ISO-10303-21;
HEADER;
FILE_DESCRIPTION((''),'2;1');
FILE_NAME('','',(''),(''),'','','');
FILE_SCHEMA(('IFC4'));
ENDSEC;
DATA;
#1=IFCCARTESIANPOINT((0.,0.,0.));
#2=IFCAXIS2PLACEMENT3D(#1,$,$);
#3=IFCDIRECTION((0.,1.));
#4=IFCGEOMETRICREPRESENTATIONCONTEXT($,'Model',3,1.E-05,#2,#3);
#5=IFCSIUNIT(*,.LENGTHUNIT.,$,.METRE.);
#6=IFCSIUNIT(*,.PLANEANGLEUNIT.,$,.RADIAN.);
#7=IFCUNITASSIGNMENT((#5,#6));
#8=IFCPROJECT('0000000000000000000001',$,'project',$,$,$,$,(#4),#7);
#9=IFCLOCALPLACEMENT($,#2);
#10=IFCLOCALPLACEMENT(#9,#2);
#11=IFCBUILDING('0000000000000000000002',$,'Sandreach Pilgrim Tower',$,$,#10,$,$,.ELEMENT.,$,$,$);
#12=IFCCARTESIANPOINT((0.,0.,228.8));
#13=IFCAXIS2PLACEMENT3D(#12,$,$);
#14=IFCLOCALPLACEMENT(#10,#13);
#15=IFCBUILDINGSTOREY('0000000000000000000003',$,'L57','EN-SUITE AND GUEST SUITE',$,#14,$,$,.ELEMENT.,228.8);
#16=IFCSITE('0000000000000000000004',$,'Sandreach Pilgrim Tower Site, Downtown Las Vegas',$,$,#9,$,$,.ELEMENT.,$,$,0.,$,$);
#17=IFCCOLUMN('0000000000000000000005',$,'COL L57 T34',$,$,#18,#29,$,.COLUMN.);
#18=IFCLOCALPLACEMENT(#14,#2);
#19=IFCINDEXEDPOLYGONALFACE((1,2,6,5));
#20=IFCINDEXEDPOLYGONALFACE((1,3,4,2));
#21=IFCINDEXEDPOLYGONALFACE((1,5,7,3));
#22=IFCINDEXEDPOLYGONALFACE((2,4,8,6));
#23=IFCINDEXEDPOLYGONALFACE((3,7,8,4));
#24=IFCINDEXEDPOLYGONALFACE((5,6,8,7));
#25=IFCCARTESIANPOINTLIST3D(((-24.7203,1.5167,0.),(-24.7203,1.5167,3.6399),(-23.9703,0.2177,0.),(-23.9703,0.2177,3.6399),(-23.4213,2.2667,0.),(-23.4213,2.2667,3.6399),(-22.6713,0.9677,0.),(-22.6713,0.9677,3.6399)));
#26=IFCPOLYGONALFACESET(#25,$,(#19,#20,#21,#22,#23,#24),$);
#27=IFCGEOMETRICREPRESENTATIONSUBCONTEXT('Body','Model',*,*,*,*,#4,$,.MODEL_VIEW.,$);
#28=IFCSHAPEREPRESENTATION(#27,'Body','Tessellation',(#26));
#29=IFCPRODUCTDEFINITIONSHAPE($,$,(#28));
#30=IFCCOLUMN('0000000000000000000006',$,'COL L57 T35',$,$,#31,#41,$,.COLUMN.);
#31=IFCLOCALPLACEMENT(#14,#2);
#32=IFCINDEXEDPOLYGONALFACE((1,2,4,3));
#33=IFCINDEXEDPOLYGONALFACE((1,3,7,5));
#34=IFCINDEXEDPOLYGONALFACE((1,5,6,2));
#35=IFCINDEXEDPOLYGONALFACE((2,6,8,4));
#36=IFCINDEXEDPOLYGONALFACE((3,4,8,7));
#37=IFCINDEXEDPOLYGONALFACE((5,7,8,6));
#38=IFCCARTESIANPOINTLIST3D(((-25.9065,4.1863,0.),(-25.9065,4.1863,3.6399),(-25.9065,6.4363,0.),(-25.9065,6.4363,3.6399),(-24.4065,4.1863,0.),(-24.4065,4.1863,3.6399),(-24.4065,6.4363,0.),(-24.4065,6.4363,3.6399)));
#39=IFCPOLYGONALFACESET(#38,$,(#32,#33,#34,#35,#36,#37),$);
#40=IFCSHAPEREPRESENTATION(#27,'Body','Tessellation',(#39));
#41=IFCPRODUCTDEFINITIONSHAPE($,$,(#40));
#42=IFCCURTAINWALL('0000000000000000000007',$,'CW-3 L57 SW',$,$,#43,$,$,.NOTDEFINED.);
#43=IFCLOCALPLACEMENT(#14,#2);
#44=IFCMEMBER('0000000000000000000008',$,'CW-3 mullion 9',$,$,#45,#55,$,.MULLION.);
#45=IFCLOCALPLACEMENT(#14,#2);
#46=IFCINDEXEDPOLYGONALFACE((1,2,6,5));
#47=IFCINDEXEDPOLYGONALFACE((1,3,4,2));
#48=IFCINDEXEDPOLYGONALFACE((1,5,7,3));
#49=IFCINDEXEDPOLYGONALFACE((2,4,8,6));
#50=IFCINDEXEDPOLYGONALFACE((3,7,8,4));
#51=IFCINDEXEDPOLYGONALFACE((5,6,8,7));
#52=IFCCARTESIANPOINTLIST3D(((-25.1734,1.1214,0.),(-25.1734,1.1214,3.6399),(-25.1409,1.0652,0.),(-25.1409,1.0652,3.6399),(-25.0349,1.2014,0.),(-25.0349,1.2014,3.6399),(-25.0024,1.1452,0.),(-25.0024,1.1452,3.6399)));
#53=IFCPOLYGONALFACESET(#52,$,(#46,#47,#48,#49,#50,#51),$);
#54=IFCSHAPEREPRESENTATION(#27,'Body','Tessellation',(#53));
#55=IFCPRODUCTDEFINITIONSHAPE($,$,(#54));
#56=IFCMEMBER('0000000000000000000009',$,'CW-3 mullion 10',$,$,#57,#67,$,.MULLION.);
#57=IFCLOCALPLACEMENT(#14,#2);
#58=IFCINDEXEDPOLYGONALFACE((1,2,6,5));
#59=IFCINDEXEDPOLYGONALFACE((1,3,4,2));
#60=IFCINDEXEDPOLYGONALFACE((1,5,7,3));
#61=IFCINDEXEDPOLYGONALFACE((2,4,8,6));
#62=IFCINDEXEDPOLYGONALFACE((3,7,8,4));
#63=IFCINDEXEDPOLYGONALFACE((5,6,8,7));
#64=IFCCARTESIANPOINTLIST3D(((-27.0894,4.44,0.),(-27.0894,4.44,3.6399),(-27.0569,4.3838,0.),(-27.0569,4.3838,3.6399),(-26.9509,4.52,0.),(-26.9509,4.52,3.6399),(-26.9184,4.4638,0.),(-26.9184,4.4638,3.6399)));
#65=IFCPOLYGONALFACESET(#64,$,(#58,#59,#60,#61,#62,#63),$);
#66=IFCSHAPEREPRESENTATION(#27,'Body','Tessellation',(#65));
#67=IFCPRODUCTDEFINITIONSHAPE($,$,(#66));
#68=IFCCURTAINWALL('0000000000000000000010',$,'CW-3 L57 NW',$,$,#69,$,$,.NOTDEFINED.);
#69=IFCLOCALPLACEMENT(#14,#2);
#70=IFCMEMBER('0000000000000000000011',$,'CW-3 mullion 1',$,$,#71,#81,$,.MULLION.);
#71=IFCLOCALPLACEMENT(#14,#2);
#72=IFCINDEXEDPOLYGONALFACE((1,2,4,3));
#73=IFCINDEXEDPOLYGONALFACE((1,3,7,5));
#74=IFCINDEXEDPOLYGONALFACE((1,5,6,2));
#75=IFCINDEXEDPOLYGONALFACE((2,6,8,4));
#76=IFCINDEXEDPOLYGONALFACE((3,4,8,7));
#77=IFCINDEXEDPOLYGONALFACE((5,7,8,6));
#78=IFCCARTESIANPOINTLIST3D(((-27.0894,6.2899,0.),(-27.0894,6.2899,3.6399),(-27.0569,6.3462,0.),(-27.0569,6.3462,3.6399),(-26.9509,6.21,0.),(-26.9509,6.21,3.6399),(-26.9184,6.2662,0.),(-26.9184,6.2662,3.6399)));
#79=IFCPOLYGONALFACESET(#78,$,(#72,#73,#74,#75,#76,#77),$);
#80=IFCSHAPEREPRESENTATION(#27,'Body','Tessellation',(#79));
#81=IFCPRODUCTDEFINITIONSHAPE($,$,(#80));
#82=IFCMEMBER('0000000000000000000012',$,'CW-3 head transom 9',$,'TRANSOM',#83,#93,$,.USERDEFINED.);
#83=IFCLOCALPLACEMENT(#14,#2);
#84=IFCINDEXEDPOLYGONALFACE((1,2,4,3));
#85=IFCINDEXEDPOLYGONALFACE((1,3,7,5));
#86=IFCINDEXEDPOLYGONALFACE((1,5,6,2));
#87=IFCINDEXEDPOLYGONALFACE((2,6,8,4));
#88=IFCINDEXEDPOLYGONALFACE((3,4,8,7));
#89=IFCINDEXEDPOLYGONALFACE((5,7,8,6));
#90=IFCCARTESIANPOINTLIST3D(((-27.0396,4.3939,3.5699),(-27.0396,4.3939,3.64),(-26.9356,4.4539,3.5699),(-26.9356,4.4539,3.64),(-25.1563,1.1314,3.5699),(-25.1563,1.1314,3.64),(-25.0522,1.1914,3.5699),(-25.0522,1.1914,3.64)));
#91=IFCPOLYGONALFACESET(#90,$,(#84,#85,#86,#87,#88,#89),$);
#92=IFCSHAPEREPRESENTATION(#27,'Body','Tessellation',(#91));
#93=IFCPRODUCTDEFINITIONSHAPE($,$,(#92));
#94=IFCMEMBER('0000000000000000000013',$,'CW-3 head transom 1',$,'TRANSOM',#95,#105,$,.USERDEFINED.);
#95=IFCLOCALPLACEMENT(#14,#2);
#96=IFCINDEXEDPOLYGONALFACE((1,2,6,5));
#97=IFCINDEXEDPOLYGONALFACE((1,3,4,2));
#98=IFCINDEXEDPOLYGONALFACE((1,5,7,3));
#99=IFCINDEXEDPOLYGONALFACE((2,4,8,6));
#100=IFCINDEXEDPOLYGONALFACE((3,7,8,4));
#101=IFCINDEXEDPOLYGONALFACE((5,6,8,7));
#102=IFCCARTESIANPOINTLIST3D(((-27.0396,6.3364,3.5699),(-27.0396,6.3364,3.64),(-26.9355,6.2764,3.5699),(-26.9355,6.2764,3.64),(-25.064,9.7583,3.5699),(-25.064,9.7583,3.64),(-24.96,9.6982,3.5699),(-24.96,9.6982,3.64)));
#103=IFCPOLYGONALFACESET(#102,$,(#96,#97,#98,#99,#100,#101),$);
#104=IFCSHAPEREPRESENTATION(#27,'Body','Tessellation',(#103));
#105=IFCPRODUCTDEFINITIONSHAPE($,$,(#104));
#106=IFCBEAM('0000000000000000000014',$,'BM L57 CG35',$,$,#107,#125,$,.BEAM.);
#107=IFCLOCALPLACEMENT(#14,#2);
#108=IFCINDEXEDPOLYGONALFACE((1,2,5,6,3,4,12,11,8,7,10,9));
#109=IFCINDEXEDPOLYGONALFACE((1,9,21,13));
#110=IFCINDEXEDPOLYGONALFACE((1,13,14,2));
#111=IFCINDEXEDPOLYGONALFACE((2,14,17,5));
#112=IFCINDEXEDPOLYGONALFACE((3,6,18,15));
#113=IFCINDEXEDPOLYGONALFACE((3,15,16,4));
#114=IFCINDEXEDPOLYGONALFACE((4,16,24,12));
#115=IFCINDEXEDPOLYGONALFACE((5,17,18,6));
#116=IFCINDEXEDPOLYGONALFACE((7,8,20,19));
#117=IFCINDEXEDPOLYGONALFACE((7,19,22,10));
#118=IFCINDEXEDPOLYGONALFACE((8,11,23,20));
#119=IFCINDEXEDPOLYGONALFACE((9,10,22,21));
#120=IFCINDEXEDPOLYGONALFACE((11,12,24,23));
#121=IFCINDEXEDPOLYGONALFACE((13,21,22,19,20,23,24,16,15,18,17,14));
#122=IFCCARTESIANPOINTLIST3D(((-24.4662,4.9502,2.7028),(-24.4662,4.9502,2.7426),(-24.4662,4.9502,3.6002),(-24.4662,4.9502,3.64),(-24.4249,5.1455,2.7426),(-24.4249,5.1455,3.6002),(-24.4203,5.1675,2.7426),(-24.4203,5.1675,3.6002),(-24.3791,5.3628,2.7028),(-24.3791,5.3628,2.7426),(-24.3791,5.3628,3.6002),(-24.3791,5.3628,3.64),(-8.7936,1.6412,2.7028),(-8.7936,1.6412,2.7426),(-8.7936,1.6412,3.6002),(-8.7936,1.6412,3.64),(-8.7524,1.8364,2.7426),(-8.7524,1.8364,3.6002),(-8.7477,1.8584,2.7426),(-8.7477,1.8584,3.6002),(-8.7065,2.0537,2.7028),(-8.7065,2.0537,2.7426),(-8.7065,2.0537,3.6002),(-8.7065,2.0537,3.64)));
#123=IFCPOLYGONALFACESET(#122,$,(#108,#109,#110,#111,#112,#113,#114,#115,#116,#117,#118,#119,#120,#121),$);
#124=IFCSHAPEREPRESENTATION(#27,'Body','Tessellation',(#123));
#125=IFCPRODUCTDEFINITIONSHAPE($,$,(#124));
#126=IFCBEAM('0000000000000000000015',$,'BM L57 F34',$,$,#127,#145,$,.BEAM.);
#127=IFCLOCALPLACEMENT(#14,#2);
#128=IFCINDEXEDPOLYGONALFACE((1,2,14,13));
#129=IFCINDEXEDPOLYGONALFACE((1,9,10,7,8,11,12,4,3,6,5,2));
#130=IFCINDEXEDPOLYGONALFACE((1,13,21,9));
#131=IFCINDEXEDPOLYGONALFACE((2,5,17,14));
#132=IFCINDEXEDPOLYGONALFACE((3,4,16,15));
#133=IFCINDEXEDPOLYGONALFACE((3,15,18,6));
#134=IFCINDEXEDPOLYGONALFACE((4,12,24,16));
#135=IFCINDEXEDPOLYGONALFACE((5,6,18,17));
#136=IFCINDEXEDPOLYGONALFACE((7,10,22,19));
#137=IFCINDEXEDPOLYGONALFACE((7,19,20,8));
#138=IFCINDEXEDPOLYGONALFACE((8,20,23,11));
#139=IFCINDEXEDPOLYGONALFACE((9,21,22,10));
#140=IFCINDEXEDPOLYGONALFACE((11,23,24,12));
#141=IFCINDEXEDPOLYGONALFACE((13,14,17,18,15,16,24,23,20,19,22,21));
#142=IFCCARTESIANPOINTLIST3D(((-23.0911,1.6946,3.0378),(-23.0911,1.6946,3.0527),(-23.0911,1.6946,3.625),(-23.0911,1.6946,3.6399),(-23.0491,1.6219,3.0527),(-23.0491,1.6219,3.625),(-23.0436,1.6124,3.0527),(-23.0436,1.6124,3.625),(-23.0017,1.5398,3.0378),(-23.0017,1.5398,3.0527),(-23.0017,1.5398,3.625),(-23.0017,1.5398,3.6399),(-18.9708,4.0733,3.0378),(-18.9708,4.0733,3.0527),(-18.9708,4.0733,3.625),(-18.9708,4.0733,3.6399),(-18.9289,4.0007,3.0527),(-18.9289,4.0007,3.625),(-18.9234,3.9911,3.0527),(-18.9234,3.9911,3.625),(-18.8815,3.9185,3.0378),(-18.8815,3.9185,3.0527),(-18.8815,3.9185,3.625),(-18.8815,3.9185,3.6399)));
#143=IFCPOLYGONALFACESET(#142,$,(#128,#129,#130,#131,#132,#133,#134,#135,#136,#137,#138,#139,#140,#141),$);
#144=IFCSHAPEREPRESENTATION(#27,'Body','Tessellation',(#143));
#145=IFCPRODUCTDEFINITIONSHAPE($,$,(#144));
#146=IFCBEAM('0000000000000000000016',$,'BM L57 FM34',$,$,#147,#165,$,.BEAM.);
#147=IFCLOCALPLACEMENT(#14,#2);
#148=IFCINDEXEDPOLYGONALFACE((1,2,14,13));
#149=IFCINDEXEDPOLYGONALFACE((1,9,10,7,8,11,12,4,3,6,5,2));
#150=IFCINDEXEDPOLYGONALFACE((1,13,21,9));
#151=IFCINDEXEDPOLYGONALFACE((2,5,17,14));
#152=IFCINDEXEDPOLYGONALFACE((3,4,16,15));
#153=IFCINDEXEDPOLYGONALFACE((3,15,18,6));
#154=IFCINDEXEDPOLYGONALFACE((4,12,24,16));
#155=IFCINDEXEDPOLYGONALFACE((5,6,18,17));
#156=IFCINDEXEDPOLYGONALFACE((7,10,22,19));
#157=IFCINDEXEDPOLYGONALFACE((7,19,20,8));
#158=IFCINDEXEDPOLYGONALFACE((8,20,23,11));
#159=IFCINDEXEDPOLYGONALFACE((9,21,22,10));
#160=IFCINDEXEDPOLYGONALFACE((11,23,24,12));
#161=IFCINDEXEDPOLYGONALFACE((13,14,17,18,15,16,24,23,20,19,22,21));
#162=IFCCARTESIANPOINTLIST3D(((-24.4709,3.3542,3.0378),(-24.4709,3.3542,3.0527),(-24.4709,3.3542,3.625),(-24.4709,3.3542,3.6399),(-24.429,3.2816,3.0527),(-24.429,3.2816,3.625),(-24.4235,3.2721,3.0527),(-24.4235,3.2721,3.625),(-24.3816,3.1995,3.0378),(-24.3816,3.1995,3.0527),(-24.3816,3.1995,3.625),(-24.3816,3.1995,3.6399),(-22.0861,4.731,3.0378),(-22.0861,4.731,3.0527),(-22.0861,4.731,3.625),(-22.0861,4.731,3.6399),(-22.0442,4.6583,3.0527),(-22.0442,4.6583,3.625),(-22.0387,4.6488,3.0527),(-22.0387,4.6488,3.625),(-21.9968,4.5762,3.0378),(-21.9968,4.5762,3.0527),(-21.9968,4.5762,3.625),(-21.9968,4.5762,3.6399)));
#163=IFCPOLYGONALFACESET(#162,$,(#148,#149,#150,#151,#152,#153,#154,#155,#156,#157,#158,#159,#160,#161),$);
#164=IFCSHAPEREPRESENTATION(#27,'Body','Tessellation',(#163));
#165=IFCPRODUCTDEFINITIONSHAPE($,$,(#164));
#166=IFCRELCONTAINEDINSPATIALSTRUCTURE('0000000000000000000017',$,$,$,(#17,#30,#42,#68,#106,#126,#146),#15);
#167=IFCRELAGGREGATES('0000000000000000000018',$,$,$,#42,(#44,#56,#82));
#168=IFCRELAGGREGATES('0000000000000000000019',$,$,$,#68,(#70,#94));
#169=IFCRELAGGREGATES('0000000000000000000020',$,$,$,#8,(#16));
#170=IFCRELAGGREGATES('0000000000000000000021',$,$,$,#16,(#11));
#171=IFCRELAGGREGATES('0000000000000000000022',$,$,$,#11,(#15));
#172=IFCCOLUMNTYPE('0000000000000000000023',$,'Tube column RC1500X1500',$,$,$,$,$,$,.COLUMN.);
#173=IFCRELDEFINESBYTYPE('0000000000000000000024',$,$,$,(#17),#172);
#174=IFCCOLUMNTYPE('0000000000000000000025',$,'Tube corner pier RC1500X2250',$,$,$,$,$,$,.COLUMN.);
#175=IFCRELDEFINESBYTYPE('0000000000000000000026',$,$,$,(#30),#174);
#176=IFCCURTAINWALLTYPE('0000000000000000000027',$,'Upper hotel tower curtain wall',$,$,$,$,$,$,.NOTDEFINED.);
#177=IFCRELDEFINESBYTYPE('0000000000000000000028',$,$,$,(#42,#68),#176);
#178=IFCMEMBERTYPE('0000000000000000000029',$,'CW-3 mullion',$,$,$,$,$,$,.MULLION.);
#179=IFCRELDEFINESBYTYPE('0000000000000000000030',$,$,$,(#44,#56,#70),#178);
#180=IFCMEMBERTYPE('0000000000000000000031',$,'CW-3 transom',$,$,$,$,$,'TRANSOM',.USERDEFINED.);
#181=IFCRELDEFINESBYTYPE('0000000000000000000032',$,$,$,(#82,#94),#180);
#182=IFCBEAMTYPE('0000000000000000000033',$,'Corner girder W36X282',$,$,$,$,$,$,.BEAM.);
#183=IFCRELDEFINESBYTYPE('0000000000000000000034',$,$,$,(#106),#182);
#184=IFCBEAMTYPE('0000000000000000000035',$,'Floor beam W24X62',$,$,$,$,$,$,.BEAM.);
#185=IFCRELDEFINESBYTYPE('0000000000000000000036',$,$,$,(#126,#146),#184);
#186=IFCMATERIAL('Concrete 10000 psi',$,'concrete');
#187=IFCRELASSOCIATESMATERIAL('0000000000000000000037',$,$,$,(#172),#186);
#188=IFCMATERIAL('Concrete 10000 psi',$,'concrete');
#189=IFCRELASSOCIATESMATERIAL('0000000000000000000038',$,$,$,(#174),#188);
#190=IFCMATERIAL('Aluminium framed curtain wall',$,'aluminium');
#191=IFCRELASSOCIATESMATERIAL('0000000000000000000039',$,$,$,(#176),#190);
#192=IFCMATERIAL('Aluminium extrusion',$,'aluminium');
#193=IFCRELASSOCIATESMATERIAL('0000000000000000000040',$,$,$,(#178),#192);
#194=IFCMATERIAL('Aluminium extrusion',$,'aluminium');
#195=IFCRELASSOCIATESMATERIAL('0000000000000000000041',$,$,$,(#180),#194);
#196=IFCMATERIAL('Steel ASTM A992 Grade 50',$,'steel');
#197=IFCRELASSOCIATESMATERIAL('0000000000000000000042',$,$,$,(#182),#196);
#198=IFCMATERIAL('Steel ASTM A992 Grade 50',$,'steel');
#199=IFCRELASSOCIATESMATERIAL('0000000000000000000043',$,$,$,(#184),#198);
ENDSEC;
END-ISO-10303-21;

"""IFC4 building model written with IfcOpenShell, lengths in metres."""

from ifc_helpers import new_model, si_unit, direction, frame, origin, origin_2d, place, context, subcontext, project, spatial, rectangle, i_section, extrude, clip, halfspace, material, material_profile, profile_set, type_object, element, aggregate, save


model = new_model("IFC4")

# Units and contexts
model_context = context("Model", 3, precision=1e-05, world=origin(), true_north=direction((0.0, 1.0)))
body_context = subcontext(model_context, "Body", "Model", "MODEL_VIEW")
ifc_project = project(units=[si_unit("LENGTHUNIT", "METRE"), si_unit("PLANEANGLEUNIT", "RADIAN")], contexts=[model_context])

# Site, building, storey
site_placement = place(None, origin())
site = spatial("IfcSite", under=ifc_project, at=site_placement, Name="Sandreach Pilgrim Tower Site, Downtown Las Vegas", CompositionType="ELEMENT", RefElevation=0.0)
building_placement = place(site_placement, origin())
building = spatial("IfcBuilding", under=site, at=building_placement, Name="Sandreach Pilgrim Tower", CompositionType="ELEMENT")
storey_placement = place(building_placement, frame((0.0, 0.0, 228.8)))
storey = spatial("IfcBuildingStorey", under=building, at=storey_placement, Name="L57", Description="EN-SUITE AND GUEST SUITE", CompositionType="ELEMENT", Elevation=228.8)

# Columns
ifc_material_1 = material(Name="Concrete 10000 psi", Category="concrete")
ifc_material_profile_1 = material_profile(ifc_material_1, rectangle(XDim=1.5, YDim=1.5, at=origin_2d()), Name="RC1500X1500")
ifc_profile_set_1 = profile_set([ifc_material_profile_1], Name="Concrete 10000 psi")
column_type_1 = type_object("IfcColumnType", Name="Tube column RC1500X1500", PredefinedType="COLUMN", material=ifc_profile_set_1)
column_1_placement = place(storey_placement, frame((-23.6958, 1.2422, 0.0), z_axis=(0.0, 0.0, 1.0), x_axis=(-0.866025, -0.5, 0.0)))
element("IfcColumn", 1, at=column_1_placement, inside=storey, type_object=column_type_1, Name="COL L57 T34", PredefinedType="COLUMN", context=body_context, shape_type="SweptSolid", body=[
    clip(extrude(rectangle(XDim=1.5, YDim=1.5, at=origin_2d()), origin(), (0.0, 0.0, 1.0), 3.7324), halfspace(frame((0.0, 0.0, 3.6399)), False)),
])
ifc_material_2 = material(Name="Concrete 10000 psi", Category="concrete")
ifc_material_profile_2 = material_profile(ifc_material_2, rectangle(XDim=1.5, YDim=2.25, at=origin_2d()), Name="RC1500X2250")
ifc_profile_set_2 = profile_set([ifc_material_profile_2], Name="Concrete 10000 psi")
column_type_2 = type_object("IfcColumnType", Name="Tube corner pier RC1500X2250", PredefinedType="COLUMN", material=ifc_profile_set_2)
column_2_placement = place(storey_placement, frame((-25.1565, 5.3113, 0.0), z_axis=(0.0, 0.0, 1.0), x_axis=(-1.0, 0.0, 0.0)))
element("IfcColumn", 2, at=column_2_placement, inside=storey, type_object=column_type_2, Name="COL L57 T35", PredefinedType="COLUMN", context=body_context, shape_type="SweptSolid", body=[
    clip(extrude(rectangle(XDim=1.5, YDim=2.25, at=origin_2d()), origin(), (0.0, 0.0, 1.0), 3.7312), halfspace(frame((0.0, 0.0, 3.6399)), False)),
])

# Curtain wall, members
ifc_material_3 = material(Name="Aluminium framed curtain wall", Category="aluminium")
curtain_wall_type = type_object("IfcCurtainWallType", Name="Upper hotel tower curtain wall", PredefinedType="NOTDEFINED", material=ifc_material_3)
curtain_wall_1_placement = place(storey_placement, origin())
curtain_wall_1 = element("IfcCurtainWall", 3, at=curtain_wall_1_placement, inside=storey, type_object=curtain_wall_type, Name="CW-3 L57 SW", PredefinedType="NOTDEFINED")
ifc_material_4 = material(Name="Aluminium extrusion", Category="aluminium")
ifc_material_profile_3 = material_profile(ifc_material_4, rectangle(XDim=0.0649, YDim=0.1599, at=origin_2d()), Name="CW-3M 65X160")
ifc_profile_set_3 = profile_set([ifc_material_profile_3], Name="Aluminium extrusion")
member_type_1 = type_object("IfcMemberType", Name="CW-3 mullion", PredefinedType="MULLION", material=ifc_profile_set_3)
member_1_placement = place(storey_placement, frame((-25.0879, 1.1333, 0.0), z_axis=(0.0, 0.0, 1.0), x_axis=(-0.5, 0.866025, 0.0)))
member_1 = element("IfcMember", 4, at=member_1_placement, type_object=member_type_1, Name="CW-3 mullion 9", PredefinedType="MULLION", context=body_context, shape_type="SweptSolid", body=[
    extrude(rectangle(XDim=0.0649, YDim=0.1599, at=origin_2d()), origin(), (0.0, 0.0, 1.0), 3.6399),
])
member_2_placement = place(storey_placement, frame((-27.0039, 4.4519, 0.0), z_axis=(0.0, 0.0, 1.0), x_axis=(-0.5, 0.866025, 0.0)))
member_2 = element("IfcMember", 5, at=member_2_placement, type_object=member_type_1, Name="CW-3 mullion 10", PredefinedType="MULLION", context=body_context, shape_type="SweptSolid", body=[
    extrude(rectangle(XDim=0.0649, YDim=0.1599, at=origin_2d()), origin(), (0.0, 0.0, 1.0), 3.6399),
])

# Curtain wall, member
curtain_wall_2_placement = place(storey_placement, origin())
curtain_wall_2 = element("IfcCurtainWall", 6, at=curtain_wall_2_placement, inside=storey, type_object=curtain_wall_type, Name="CW-3 L57 NW", PredefinedType="NOTDEFINED")
member_3_placement = place(storey_placement, frame((-27.0039, 6.2781, 0.0), z_axis=(0.0, 0.0, 1.0), x_axis=(0.5, 0.866025, 0.0)))
member_3 = element("IfcMember", 7, at=member_3_placement, type_object=member_type_1, Name="CW-3 mullion 1", PredefinedType="MULLION", context=body_context, shape_type="SweptSolid", body=[
    extrude(rectangle(XDim=0.0649, YDim=0.1599, at=origin_2d()), origin(), (0.0, 0.0, 1.0), 3.6399),
])

# Members
ifc_material_5 = material(Name="Aluminium extrusion", Category="aluminium")
ifc_material_profile_4 = material_profile(ifc_material_5, rectangle(XDim=0.1201, YDim=0.0701, at=origin_2d()), Name="CW-3T 120X70")
ifc_profile_set_4 = profile_set([ifc_material_profile_4], Name="Aluminium extrusion")
member_type_2 = type_object("IfcMemberType", Name="CW-3 transom", ElementType="TRANSOM", PredefinedType="USERDEFINED", material=ifc_profile_set_4)
member_4_placement = place(storey_placement, frame((-25.1042, 1.1614, 3.605), z_axis=(-0.499945, 0.866057, 0.0), x_axis=(-0.866057, -0.499945, 0.0)))
member_4 = element("IfcMember", 8, at=member_4_placement, type_object=member_type_2, Name="CW-3 head transom 9", ObjectType="TRANSOM", PredefinedType="USERDEFINED", context=body_context, shape_type="SweptSolid", body=[
    extrude(rectangle(XDim=0.1201, YDim=0.0701, at=origin_2d()), origin(), (0.0, 0.0, 1.0), 3.7671),
])
member_5_placement = place(storey_placement, frame((-26.9875, 6.3064, 3.605), z_axis=(0.499993, 0.866029, 0.0), x_axis=(-0.866029, 0.499993, 0.0)))
member_5 = element("IfcMember", 9, at=member_5_placement, type_object=member_type_2, Name="CW-3 head transom 1", ObjectType="TRANSOM", PredefinedType="USERDEFINED", context=body_context, shape_type="SweptSolid", body=[
    extrude(rectangle(XDim=0.1201, YDim=0.0701, at=origin_2d()), origin(), (0.0, 0.0, 1.0), 3.9512),
])

# Beams
ifc_material_6 = material(Name="Steel ASTM A992 Grade 50", Category="steel")
ifc_material_profile_5 = material_profile(ifc_material_6, i_section(OverallWidth=0.4216, OverallDepth=0.9373, WebThickness=0.0225, FlangeThickness=0.0398, at=origin_2d()), Name="W36X282")
ifc_profile_set_5 = profile_set([ifc_material_profile_5], Name="Steel ASTM A992 Grade 50")
beam_type_1 = type_object("IfcBeamType", Name="Corner girder W36X282", PredefinedType="BEAM", material=ifc_profile_set_5)
beam_1_placement = place(storey_placement, frame((-24.4226, 5.1565, 3.1714), z_axis=(0.978429, -0.206583, 0.0), x_axis=(0.206583, 0.978429, 0.0)))
element("IfcBeam", 10, at=beam_1_placement, inside=storey, type_object=beam_type_1, Name="BM L57 CG35", PredefinedType="BEAM", context=body_context, shape_type="SweptSolid", body=[
    extrude(i_section(OverallWidth=0.4216, OverallDepth=0.9373, WebThickness=0.0225, FlangeThickness=0.0398, at=origin_2d()), origin(), (0.0, 0.0, 1.0), 16.0181),
])
ifc_material_7 = material(Name="Steel ASTM A992 Grade 50", Category="steel")
ifc_material_profile_6 = material_profile(ifc_material_7, i_section(OverallWidth=0.1787, OverallDepth=0.6021, WebThickness=0.011, FlangeThickness=0.0149, at=origin_2d()), Name="W24X62")
ifc_profile_set_6 = profile_set([ifc_material_profile_6], Name="Steel ASTM A992 Grade 50")
beam_type_2 = type_object("IfcBeamType", Name="Floor beam W24X62", PredefinedType="BEAM", material=ifc_profile_set_6)
beam_2_placement = place(storey_placement, frame((-23.0464, 1.6172, 3.3389), z_axis=(0.866033, 0.499986, 0.0), x_axis=(-0.499986, 0.866033, 0.0)))
element("IfcBeam", 11, at=beam_2_placement, inside=storey, type_object=beam_type_2, Name="BM L57 F34", PredefinedType="BEAM", context=body_context, shape_type="SweptSolid", body=[
    extrude(i_section(OverallWidth=0.1787, OverallDepth=0.6021, WebThickness=0.011, FlangeThickness=0.0149, at=origin_2d()), origin(), (0.0, 0.0, 1.0), 4.7576),
])
beam_3_placement = place(storey_placement, frame((-24.4263, 3.2769, 3.3389), z_axis=(0.866047, 0.499963, 0.0), x_axis=(-0.499963, 0.866047, 0.0)))
element("IfcBeam", 12, at=beam_3_placement, inside=storey, type_object=beam_type_2, Name="BM L57 FM34", PredefinedType="BEAM", context=body_context, shape_type="SweptSolid", body=[
    extrude(i_section(OverallWidth=0.1787, OverallDepth=0.6021, WebThickness=0.011, FlangeThickness=0.0149, at=origin_2d()), origin(), (0.0, 0.0, 1.0), 2.7537),
])

aggregate(curtain_wall_1, [member_1, member_2, member_4])
aggregate(curtain_wall_2, [member_3, member_5])

save(model, "model.ifc")
